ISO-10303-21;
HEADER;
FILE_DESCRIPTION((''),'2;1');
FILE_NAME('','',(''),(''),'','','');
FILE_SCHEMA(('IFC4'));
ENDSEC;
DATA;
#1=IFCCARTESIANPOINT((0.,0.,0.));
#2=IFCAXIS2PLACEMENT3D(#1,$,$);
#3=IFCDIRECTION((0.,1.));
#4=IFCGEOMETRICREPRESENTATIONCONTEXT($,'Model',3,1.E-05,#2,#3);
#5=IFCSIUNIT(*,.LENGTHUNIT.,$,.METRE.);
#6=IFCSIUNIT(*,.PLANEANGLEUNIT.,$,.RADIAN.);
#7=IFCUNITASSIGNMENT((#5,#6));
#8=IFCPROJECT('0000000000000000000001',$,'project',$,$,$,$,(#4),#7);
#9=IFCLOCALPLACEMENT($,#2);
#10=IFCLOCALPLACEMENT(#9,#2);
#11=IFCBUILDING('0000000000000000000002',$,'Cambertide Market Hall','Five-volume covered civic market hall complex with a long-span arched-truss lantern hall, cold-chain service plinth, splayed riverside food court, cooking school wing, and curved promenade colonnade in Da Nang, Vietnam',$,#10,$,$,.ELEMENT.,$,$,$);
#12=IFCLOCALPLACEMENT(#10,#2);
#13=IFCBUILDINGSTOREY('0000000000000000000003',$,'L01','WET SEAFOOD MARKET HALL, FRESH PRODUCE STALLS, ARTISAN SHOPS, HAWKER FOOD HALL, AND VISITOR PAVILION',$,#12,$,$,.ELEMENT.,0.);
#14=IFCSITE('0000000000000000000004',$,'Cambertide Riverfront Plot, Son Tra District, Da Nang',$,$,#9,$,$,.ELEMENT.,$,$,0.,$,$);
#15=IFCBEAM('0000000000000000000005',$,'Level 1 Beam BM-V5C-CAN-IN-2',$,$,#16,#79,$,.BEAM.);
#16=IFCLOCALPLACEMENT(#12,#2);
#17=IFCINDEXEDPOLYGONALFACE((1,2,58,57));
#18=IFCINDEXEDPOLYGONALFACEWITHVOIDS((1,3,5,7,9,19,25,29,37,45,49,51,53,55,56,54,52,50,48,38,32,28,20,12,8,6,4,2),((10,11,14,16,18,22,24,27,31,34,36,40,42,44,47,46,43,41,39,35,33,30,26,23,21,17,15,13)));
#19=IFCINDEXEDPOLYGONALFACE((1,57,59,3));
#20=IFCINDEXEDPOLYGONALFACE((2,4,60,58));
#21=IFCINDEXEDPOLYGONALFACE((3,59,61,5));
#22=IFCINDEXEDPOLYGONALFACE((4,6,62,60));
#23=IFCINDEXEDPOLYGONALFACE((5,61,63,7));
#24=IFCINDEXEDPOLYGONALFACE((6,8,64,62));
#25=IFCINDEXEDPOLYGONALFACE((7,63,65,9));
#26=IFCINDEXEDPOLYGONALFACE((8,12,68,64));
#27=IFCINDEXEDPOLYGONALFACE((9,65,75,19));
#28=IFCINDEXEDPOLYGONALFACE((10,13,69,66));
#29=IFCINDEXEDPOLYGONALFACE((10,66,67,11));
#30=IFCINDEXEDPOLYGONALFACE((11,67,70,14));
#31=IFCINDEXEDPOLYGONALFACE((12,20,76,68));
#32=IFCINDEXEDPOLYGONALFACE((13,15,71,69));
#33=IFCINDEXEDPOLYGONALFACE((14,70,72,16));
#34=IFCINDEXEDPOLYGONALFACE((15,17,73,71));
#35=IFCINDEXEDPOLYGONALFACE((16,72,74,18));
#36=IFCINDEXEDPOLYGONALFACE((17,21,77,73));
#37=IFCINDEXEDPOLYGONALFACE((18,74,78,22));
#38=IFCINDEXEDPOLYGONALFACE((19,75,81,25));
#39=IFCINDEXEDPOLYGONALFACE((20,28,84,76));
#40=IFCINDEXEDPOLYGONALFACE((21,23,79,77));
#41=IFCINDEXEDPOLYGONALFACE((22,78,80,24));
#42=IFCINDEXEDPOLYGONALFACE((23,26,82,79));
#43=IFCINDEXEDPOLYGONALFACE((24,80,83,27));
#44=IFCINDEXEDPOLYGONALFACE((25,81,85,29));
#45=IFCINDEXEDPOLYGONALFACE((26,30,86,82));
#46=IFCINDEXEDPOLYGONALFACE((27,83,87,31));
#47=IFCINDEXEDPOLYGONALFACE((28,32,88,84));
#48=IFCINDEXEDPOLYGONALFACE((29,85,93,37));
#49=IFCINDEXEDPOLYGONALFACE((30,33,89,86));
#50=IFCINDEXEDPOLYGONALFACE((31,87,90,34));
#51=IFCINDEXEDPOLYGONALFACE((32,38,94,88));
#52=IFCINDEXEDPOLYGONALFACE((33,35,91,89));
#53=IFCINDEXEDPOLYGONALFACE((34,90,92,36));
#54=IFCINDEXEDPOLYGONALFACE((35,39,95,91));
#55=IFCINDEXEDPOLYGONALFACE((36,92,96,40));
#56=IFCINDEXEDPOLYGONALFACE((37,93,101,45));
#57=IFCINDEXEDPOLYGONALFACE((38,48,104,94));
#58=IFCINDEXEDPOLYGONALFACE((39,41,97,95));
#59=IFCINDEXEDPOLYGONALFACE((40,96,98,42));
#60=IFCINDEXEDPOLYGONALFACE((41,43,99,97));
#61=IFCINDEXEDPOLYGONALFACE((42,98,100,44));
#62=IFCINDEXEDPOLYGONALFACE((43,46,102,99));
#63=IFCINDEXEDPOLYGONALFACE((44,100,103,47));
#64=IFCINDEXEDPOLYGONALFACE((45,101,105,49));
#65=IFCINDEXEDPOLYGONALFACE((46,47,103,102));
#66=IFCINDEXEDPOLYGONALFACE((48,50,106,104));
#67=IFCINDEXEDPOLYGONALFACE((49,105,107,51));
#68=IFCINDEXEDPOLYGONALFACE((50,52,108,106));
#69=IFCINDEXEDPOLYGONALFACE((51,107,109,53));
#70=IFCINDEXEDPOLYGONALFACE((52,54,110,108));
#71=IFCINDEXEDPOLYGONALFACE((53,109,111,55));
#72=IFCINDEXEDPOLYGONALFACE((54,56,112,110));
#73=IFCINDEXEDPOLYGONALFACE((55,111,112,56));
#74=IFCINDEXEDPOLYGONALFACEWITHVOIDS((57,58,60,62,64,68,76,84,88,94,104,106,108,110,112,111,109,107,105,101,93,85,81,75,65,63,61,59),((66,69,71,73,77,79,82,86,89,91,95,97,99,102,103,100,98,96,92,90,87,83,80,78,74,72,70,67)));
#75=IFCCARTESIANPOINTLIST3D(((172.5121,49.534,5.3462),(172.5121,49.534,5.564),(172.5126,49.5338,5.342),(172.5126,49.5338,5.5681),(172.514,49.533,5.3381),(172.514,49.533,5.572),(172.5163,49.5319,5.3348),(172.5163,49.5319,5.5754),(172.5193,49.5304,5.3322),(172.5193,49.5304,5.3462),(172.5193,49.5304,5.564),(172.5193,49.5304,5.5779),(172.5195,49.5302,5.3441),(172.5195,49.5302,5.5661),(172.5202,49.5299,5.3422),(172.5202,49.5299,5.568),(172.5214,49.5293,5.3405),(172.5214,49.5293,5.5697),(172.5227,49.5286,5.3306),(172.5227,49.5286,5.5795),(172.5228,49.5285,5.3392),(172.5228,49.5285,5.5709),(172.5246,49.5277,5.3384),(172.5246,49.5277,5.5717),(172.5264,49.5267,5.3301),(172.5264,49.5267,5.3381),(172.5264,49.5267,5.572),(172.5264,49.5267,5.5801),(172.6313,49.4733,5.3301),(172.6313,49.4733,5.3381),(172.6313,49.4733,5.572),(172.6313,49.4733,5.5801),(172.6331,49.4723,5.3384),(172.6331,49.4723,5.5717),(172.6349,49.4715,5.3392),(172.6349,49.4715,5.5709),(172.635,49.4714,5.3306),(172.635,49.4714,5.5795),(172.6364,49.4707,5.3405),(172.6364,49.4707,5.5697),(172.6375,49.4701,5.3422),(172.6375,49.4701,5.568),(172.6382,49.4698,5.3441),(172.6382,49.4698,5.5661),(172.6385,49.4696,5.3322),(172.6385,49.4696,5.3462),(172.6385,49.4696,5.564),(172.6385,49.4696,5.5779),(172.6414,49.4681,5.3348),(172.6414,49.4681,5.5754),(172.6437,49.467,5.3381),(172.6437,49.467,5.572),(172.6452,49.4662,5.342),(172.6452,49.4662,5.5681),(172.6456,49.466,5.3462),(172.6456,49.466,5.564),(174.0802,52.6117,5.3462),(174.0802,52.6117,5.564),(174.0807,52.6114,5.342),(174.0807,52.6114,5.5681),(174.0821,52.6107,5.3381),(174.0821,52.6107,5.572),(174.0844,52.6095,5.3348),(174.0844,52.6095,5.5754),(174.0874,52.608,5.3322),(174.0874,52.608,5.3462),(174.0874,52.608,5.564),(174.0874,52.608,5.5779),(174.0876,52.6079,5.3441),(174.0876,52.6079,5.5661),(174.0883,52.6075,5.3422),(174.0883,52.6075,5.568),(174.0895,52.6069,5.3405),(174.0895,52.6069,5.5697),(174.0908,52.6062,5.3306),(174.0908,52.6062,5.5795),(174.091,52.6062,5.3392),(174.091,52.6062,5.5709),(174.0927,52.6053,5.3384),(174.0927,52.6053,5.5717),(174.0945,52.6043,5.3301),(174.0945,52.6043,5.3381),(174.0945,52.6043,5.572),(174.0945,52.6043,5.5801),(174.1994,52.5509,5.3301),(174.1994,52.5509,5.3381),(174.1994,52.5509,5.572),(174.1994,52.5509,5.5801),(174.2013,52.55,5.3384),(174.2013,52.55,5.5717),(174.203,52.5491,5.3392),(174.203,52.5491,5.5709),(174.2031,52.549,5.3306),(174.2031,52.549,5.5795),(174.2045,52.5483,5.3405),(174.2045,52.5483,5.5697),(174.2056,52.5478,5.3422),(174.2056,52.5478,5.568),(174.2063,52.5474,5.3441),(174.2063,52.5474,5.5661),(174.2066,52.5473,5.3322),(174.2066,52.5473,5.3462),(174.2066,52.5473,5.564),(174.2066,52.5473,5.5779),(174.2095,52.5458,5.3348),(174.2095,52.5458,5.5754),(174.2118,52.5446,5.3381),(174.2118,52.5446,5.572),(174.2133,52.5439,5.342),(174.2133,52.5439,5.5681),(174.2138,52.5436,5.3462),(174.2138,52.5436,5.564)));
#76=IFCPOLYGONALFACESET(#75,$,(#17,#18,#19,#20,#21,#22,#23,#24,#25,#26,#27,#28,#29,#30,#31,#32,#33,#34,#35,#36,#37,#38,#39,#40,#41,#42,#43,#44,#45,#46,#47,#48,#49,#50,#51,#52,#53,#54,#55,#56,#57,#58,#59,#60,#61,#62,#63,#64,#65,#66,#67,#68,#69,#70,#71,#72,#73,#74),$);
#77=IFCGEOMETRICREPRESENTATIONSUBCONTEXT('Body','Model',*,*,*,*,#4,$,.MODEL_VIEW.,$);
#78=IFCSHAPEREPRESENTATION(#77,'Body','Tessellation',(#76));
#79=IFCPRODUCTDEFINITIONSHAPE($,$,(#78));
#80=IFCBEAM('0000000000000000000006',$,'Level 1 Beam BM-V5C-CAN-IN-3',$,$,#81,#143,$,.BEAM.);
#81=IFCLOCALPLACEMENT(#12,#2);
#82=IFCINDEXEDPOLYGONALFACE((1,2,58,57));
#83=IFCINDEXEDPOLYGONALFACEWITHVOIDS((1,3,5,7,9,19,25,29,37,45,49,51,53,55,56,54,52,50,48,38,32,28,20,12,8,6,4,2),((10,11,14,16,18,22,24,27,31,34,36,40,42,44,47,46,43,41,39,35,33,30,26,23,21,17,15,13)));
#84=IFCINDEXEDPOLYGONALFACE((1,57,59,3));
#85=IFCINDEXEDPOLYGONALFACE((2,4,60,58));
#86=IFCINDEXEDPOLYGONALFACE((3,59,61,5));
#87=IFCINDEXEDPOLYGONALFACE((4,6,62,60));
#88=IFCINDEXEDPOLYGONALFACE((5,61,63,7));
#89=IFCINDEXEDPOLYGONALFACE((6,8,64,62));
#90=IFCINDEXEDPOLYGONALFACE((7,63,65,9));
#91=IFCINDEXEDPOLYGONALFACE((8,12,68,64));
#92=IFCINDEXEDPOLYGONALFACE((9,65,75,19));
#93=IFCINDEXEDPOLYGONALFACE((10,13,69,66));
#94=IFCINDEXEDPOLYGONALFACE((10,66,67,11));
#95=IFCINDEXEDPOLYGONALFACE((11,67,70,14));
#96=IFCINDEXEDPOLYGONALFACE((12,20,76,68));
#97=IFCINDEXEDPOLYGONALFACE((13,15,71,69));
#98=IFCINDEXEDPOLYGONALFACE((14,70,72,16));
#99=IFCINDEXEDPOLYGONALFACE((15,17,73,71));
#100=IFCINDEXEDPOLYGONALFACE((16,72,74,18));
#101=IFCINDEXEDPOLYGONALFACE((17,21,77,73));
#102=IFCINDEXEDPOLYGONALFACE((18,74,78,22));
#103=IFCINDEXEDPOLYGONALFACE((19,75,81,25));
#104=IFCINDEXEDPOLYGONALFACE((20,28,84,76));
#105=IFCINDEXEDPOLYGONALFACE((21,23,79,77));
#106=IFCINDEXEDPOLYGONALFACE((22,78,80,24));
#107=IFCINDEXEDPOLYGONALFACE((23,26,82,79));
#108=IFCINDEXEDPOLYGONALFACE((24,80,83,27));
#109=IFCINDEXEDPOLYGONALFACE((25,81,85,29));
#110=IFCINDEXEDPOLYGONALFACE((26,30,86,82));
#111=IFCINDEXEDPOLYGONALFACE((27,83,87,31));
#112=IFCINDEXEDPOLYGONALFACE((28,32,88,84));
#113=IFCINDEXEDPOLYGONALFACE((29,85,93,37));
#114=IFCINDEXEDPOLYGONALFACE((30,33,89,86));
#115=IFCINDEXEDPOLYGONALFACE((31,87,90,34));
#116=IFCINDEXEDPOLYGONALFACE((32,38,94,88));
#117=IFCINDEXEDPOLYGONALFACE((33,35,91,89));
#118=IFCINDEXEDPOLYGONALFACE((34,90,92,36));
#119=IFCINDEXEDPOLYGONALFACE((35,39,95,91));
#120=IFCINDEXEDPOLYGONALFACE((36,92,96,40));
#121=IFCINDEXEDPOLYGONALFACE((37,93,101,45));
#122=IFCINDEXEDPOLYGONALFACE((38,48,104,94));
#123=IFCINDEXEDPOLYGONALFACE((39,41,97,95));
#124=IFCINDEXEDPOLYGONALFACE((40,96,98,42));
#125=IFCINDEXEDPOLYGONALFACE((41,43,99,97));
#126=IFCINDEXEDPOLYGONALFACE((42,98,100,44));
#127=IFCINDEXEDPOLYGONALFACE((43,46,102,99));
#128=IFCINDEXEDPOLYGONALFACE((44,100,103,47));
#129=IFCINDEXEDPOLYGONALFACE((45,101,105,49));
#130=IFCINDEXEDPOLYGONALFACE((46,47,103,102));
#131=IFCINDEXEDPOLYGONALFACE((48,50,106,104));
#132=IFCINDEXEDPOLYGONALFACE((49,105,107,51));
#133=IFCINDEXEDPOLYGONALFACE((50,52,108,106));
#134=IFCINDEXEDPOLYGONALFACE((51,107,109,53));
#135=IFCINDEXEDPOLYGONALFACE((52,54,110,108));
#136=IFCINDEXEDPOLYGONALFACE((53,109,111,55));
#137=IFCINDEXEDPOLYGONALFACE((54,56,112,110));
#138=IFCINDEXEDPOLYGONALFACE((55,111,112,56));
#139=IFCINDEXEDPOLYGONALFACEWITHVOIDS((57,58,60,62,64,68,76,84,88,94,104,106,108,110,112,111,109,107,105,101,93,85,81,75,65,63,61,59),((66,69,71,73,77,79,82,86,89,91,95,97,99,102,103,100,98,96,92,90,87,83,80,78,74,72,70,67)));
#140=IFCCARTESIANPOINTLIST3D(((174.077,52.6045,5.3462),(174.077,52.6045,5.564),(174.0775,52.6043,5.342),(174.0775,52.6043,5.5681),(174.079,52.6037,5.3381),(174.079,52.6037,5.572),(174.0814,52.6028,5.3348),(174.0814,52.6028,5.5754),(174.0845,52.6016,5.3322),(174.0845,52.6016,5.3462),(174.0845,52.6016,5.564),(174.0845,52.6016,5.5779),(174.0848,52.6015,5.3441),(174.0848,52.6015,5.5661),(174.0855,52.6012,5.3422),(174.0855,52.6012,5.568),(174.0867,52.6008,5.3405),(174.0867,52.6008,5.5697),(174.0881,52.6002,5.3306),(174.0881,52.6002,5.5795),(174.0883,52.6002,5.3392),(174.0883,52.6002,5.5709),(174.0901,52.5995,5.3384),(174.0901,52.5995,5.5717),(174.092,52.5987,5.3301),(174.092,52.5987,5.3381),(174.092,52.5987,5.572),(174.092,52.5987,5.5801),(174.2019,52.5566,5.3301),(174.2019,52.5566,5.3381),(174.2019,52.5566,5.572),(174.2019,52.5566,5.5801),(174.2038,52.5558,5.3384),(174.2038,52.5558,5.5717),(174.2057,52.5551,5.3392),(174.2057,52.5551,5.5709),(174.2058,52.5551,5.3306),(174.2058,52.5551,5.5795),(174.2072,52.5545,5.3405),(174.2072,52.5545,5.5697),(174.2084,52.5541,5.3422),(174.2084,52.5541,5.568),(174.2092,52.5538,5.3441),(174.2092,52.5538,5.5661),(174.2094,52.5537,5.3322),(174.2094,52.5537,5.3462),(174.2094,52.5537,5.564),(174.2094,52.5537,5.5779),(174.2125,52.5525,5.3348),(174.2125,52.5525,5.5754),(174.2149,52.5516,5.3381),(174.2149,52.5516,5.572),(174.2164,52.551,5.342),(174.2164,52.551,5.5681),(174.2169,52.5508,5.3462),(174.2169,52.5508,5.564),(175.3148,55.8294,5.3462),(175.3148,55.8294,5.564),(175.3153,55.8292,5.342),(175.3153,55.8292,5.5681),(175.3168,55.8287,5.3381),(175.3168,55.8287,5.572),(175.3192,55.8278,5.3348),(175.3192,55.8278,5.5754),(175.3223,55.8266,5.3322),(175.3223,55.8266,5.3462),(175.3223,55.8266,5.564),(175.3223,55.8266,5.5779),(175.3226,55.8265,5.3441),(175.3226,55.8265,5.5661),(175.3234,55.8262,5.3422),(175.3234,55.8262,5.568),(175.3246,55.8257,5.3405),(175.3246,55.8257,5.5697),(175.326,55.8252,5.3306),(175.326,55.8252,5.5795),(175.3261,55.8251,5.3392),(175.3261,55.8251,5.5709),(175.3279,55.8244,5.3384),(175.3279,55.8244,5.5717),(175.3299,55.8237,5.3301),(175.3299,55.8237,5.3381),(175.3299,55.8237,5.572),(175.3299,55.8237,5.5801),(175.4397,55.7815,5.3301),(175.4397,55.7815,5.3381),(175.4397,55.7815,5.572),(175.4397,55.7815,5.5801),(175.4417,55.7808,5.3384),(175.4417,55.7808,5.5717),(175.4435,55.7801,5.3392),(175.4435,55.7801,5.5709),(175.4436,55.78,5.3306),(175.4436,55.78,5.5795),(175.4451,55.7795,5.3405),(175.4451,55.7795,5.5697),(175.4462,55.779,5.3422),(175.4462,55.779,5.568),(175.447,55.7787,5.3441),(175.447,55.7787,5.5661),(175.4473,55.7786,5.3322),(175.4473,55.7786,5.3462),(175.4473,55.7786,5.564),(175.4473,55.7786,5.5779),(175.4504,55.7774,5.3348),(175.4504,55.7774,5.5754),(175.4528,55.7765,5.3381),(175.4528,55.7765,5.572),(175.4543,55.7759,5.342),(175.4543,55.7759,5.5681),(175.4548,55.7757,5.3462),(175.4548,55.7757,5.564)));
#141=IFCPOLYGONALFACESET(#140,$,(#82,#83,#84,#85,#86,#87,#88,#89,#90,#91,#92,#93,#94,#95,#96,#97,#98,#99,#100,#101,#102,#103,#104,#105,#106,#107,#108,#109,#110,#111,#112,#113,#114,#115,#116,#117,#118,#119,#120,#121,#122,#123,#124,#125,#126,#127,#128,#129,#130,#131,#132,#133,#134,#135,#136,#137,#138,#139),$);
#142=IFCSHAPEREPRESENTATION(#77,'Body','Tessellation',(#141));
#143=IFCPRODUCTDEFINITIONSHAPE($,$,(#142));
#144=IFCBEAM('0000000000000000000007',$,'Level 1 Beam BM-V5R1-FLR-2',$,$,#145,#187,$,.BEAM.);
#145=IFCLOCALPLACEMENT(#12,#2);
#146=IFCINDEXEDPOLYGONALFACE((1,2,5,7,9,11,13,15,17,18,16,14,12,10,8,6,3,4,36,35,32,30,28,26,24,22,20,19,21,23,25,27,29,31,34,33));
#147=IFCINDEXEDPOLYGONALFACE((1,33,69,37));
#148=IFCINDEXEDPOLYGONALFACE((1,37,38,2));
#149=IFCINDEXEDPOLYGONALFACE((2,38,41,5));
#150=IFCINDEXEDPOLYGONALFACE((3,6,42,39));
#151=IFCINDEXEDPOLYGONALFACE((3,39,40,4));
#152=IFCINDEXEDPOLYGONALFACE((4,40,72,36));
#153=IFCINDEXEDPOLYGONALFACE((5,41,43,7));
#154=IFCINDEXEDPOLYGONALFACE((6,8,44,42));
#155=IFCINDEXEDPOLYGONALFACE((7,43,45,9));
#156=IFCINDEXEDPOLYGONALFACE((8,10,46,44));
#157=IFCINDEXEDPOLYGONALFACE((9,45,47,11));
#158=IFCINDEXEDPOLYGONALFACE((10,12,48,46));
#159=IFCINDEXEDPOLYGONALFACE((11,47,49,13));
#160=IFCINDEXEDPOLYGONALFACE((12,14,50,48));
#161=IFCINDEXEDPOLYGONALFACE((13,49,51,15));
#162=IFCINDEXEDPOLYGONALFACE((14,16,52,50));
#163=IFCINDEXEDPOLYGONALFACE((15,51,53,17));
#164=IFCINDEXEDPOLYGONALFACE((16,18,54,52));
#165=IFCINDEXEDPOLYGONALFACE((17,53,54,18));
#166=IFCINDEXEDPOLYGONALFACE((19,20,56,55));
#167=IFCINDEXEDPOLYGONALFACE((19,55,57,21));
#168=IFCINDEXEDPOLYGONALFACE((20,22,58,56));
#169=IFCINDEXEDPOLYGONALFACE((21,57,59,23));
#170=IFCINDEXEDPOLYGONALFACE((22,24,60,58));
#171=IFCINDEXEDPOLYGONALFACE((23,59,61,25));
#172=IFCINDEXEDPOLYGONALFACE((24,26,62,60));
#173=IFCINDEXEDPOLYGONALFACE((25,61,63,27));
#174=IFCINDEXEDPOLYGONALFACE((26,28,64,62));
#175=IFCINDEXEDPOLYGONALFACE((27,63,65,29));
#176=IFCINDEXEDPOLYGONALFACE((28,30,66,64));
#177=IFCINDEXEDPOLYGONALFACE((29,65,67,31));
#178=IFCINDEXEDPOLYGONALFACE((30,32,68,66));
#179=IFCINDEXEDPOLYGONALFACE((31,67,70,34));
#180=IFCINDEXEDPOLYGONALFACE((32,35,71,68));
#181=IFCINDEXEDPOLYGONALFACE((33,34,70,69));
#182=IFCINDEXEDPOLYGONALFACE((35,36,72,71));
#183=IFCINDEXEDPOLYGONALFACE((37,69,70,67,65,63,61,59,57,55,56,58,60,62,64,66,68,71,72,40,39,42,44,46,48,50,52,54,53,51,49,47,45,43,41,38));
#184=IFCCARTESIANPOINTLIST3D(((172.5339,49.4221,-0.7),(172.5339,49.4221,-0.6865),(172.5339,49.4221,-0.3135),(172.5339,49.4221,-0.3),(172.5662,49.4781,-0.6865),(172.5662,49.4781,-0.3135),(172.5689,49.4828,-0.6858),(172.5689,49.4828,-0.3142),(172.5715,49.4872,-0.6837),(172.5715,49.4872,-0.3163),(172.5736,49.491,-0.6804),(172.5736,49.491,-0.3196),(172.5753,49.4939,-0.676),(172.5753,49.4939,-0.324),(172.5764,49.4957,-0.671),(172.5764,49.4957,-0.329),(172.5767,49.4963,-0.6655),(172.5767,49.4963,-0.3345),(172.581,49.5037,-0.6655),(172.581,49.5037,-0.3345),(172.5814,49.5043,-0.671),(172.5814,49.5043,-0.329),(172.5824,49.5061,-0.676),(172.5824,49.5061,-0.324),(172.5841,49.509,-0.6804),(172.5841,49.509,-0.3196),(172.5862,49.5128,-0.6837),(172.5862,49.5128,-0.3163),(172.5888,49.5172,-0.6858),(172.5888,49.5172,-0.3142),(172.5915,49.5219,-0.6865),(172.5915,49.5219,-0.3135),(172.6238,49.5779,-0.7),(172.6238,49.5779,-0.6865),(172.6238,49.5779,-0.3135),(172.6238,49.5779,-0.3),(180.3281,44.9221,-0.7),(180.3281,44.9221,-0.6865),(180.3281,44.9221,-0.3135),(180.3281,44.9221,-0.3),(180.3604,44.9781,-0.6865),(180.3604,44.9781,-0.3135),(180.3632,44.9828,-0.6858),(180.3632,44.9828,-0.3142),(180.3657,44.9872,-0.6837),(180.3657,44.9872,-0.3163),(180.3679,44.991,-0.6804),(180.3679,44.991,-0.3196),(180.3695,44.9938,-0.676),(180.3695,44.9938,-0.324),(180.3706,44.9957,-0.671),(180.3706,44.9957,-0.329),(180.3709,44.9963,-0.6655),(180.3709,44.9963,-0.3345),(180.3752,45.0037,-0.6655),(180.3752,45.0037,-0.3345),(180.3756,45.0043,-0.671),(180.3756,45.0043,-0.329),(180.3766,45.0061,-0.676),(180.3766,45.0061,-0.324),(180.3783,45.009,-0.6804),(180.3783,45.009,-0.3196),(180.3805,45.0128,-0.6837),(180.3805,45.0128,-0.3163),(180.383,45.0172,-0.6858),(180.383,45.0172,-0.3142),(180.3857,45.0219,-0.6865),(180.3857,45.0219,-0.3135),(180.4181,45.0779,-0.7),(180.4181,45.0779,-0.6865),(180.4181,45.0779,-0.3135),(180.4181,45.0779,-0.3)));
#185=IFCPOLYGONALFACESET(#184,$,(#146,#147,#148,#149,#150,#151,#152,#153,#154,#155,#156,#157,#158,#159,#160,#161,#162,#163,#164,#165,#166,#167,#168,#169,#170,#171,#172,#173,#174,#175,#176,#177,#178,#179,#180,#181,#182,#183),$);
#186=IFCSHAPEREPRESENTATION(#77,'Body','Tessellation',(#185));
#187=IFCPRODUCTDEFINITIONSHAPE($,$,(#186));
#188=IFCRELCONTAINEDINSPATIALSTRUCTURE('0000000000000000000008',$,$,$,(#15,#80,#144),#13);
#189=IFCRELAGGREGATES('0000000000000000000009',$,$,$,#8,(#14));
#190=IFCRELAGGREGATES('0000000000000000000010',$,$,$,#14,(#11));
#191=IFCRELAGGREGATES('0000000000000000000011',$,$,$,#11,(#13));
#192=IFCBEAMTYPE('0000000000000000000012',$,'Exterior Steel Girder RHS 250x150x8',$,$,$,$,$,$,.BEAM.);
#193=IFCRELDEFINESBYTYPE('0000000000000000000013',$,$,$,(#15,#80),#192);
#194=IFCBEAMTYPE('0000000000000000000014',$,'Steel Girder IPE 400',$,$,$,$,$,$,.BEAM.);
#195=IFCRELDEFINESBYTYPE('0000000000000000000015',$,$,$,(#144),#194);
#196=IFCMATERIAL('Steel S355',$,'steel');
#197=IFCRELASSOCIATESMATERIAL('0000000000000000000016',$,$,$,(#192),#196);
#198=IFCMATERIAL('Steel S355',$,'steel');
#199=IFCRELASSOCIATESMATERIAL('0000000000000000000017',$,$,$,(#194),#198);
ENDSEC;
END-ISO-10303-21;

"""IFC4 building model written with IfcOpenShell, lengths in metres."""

from ifc_helpers import new_model, si_unit, direction, frame, origin, origin_2d, place, context, subcontext, project, spatial, hollow_rectangle, i_section, extrude, material, material_profile, profile_set, type_object, element, save


model = new_model("IFC4")

# Units and contexts
model_context = context("Model", 3, precision=1e-05, world=origin(), true_north=direction((0.0, 1.0)))
body_context = subcontext(model_context, "Body", "Model", "MODEL_VIEW")
ifc_project = project(units=[si_unit("LENGTHUNIT", "METRE"), si_unit("PLANEANGLEUNIT", "RADIAN")], contexts=[model_context])

# Site, building, storey
site_placement = place(None, origin())
site = spatial("IfcSite", under=ifc_project, at=site_placement, Name="Cambertide Riverfront Plot, Son Tra District, Da Nang", CompositionType="ELEMENT", RefElevation=0.0)
building_placement = place(site_placement, origin())
building = spatial("IfcBuilding", under=site, at=building_placement, Name="Cambertide Market Hall", Description="Five-volume covered civic market hall complex with a long-span arched-truss lantern hall, cold-chain service plinth, splayed riverside food court, cooking school wing, and curved promenade colonnade in Da Nang, Vietnam", CompositionType="ELEMENT")
storey_placement = place(building_placement, origin())
storey = spatial("IfcBuildingStorey", under=building, at=storey_placement, Name="L01", Description="WET SEAFOOD MARKET HALL, FRESH PRODUCE STALLS, ARTISAN SHOPS, HAWKER FOOD HALL, AND VISITOR PAVILION", CompositionType="ELEMENT", Elevation=0.0)

# Beams
ifc_material_1 = material(Name="Steel S355", Category="steel")
ifc_material_profile_1 = material_profile(ifc_material_1, hollow_rectangle(XDim=0.1499, YDim=0.25, WallThickness=0.0081, InnerFilletRadius=0.0081, OuterFilletRadius=0.0161, at=origin_2d()), Name="RHS 250x150x8")
ifc_profile_set_1 = profile_set([ifc_material_profile_1], Name="Steel S355")
beam_type_1 = type_object("IfcBeamType", Name="Exterior Steel Girder RHS 250x150x8", PredefinedType="BEAM", material=ifc_profile_set_1)
beam_1_placement = place(storey_placement, frame((172.5789, 49.5, 5.4551), z_axis=(0.453986, 0.891009, 0.0), x_axis=(-0.891009, 0.453986, 0.0)))
element("IfcBeam", 1, at=beam_1_placement, inside=storey, type_object=beam_type_1, Name="Level 1 Beam BM-V5C-CAN-IN-2", PredefinedType="BEAM", context=body_context, shape_type="SweptSolid", body=[
    extrude(hollow_rectangle(XDim=0.1499, YDim=0.25, WallThickness=0.0081, InnerFilletRadius=0.0081, OuterFilletRadius=0.0161, at=origin_2d()), origin(), (0.0, 0.0, 1.0), 3.4541),
])
beam_2_placement = place(storey_placement, frame((174.147, 52.5776, 5.4551), z_axis=(0.35834, 0.933591, 0.0), x_axis=(-0.933591, 0.35834, 0.0)))
element("IfcBeam", 2, at=beam_2_placement, inside=storey, type_object=beam_type_1, Name="Level 1 Beam BM-V5C-CAN-IN-3", PredefinedType="BEAM", context=body_context, shape_type="SweptSolid", body=[
    extrude(hollow_rectangle(XDim=0.1499, YDim=0.25, WallThickness=0.0081, InnerFilletRadius=0.0081, OuterFilletRadius=0.0161, at=origin_2d()), origin(), (0.0, 0.0, 1.0), 3.4543),
])
ifc_material_2 = material(Name="Steel S355", Category="steel")
ifc_material_profile_2 = material_profile(ifc_material_2, i_section(OverallWidth=0.1799, OverallDepth=0.3999, WebThickness=0.0085, FlangeThickness=0.0134, FilletRadius=0.021, at=origin_2d()), Name="IPE 400")
ifc_profile_set_2 = profile_set([ifc_material_profile_2], Name="Steel S355")
beam_type_2 = type_object("IfcBeamType", Name="Steel Girder IPE 400", PredefinedType="BEAM", material=ifc_profile_set_2)
for number, where, z_axis, x_axis, name in (
    (3, (172.5789, 49.5, -0.5), (0.866024, -0.500002, 0.0), (0.500002, 0.866024, 0.0), "Level 1 Beam BM-V5R1-FLR-2"),
):
    element("IfcBeam", number, at=place(storey_placement, frame(where, z_axis=z_axis, x_axis=x_axis)), inside=storey, type_object=beam_type_2, Name=name, PredefinedType="BEAM", context=body_context, shape_type="SweptSolid", body=[
        extrude(i_section(OverallWidth=0.1799, OverallDepth=0.3999, WebThickness=0.0085, FlangeThickness=0.0134, FilletRadius=0.021, at=origin_2d()), origin(), (0.0, 0.0, 1.0), 9.0),
    ])

save(model, "model.ifc")
